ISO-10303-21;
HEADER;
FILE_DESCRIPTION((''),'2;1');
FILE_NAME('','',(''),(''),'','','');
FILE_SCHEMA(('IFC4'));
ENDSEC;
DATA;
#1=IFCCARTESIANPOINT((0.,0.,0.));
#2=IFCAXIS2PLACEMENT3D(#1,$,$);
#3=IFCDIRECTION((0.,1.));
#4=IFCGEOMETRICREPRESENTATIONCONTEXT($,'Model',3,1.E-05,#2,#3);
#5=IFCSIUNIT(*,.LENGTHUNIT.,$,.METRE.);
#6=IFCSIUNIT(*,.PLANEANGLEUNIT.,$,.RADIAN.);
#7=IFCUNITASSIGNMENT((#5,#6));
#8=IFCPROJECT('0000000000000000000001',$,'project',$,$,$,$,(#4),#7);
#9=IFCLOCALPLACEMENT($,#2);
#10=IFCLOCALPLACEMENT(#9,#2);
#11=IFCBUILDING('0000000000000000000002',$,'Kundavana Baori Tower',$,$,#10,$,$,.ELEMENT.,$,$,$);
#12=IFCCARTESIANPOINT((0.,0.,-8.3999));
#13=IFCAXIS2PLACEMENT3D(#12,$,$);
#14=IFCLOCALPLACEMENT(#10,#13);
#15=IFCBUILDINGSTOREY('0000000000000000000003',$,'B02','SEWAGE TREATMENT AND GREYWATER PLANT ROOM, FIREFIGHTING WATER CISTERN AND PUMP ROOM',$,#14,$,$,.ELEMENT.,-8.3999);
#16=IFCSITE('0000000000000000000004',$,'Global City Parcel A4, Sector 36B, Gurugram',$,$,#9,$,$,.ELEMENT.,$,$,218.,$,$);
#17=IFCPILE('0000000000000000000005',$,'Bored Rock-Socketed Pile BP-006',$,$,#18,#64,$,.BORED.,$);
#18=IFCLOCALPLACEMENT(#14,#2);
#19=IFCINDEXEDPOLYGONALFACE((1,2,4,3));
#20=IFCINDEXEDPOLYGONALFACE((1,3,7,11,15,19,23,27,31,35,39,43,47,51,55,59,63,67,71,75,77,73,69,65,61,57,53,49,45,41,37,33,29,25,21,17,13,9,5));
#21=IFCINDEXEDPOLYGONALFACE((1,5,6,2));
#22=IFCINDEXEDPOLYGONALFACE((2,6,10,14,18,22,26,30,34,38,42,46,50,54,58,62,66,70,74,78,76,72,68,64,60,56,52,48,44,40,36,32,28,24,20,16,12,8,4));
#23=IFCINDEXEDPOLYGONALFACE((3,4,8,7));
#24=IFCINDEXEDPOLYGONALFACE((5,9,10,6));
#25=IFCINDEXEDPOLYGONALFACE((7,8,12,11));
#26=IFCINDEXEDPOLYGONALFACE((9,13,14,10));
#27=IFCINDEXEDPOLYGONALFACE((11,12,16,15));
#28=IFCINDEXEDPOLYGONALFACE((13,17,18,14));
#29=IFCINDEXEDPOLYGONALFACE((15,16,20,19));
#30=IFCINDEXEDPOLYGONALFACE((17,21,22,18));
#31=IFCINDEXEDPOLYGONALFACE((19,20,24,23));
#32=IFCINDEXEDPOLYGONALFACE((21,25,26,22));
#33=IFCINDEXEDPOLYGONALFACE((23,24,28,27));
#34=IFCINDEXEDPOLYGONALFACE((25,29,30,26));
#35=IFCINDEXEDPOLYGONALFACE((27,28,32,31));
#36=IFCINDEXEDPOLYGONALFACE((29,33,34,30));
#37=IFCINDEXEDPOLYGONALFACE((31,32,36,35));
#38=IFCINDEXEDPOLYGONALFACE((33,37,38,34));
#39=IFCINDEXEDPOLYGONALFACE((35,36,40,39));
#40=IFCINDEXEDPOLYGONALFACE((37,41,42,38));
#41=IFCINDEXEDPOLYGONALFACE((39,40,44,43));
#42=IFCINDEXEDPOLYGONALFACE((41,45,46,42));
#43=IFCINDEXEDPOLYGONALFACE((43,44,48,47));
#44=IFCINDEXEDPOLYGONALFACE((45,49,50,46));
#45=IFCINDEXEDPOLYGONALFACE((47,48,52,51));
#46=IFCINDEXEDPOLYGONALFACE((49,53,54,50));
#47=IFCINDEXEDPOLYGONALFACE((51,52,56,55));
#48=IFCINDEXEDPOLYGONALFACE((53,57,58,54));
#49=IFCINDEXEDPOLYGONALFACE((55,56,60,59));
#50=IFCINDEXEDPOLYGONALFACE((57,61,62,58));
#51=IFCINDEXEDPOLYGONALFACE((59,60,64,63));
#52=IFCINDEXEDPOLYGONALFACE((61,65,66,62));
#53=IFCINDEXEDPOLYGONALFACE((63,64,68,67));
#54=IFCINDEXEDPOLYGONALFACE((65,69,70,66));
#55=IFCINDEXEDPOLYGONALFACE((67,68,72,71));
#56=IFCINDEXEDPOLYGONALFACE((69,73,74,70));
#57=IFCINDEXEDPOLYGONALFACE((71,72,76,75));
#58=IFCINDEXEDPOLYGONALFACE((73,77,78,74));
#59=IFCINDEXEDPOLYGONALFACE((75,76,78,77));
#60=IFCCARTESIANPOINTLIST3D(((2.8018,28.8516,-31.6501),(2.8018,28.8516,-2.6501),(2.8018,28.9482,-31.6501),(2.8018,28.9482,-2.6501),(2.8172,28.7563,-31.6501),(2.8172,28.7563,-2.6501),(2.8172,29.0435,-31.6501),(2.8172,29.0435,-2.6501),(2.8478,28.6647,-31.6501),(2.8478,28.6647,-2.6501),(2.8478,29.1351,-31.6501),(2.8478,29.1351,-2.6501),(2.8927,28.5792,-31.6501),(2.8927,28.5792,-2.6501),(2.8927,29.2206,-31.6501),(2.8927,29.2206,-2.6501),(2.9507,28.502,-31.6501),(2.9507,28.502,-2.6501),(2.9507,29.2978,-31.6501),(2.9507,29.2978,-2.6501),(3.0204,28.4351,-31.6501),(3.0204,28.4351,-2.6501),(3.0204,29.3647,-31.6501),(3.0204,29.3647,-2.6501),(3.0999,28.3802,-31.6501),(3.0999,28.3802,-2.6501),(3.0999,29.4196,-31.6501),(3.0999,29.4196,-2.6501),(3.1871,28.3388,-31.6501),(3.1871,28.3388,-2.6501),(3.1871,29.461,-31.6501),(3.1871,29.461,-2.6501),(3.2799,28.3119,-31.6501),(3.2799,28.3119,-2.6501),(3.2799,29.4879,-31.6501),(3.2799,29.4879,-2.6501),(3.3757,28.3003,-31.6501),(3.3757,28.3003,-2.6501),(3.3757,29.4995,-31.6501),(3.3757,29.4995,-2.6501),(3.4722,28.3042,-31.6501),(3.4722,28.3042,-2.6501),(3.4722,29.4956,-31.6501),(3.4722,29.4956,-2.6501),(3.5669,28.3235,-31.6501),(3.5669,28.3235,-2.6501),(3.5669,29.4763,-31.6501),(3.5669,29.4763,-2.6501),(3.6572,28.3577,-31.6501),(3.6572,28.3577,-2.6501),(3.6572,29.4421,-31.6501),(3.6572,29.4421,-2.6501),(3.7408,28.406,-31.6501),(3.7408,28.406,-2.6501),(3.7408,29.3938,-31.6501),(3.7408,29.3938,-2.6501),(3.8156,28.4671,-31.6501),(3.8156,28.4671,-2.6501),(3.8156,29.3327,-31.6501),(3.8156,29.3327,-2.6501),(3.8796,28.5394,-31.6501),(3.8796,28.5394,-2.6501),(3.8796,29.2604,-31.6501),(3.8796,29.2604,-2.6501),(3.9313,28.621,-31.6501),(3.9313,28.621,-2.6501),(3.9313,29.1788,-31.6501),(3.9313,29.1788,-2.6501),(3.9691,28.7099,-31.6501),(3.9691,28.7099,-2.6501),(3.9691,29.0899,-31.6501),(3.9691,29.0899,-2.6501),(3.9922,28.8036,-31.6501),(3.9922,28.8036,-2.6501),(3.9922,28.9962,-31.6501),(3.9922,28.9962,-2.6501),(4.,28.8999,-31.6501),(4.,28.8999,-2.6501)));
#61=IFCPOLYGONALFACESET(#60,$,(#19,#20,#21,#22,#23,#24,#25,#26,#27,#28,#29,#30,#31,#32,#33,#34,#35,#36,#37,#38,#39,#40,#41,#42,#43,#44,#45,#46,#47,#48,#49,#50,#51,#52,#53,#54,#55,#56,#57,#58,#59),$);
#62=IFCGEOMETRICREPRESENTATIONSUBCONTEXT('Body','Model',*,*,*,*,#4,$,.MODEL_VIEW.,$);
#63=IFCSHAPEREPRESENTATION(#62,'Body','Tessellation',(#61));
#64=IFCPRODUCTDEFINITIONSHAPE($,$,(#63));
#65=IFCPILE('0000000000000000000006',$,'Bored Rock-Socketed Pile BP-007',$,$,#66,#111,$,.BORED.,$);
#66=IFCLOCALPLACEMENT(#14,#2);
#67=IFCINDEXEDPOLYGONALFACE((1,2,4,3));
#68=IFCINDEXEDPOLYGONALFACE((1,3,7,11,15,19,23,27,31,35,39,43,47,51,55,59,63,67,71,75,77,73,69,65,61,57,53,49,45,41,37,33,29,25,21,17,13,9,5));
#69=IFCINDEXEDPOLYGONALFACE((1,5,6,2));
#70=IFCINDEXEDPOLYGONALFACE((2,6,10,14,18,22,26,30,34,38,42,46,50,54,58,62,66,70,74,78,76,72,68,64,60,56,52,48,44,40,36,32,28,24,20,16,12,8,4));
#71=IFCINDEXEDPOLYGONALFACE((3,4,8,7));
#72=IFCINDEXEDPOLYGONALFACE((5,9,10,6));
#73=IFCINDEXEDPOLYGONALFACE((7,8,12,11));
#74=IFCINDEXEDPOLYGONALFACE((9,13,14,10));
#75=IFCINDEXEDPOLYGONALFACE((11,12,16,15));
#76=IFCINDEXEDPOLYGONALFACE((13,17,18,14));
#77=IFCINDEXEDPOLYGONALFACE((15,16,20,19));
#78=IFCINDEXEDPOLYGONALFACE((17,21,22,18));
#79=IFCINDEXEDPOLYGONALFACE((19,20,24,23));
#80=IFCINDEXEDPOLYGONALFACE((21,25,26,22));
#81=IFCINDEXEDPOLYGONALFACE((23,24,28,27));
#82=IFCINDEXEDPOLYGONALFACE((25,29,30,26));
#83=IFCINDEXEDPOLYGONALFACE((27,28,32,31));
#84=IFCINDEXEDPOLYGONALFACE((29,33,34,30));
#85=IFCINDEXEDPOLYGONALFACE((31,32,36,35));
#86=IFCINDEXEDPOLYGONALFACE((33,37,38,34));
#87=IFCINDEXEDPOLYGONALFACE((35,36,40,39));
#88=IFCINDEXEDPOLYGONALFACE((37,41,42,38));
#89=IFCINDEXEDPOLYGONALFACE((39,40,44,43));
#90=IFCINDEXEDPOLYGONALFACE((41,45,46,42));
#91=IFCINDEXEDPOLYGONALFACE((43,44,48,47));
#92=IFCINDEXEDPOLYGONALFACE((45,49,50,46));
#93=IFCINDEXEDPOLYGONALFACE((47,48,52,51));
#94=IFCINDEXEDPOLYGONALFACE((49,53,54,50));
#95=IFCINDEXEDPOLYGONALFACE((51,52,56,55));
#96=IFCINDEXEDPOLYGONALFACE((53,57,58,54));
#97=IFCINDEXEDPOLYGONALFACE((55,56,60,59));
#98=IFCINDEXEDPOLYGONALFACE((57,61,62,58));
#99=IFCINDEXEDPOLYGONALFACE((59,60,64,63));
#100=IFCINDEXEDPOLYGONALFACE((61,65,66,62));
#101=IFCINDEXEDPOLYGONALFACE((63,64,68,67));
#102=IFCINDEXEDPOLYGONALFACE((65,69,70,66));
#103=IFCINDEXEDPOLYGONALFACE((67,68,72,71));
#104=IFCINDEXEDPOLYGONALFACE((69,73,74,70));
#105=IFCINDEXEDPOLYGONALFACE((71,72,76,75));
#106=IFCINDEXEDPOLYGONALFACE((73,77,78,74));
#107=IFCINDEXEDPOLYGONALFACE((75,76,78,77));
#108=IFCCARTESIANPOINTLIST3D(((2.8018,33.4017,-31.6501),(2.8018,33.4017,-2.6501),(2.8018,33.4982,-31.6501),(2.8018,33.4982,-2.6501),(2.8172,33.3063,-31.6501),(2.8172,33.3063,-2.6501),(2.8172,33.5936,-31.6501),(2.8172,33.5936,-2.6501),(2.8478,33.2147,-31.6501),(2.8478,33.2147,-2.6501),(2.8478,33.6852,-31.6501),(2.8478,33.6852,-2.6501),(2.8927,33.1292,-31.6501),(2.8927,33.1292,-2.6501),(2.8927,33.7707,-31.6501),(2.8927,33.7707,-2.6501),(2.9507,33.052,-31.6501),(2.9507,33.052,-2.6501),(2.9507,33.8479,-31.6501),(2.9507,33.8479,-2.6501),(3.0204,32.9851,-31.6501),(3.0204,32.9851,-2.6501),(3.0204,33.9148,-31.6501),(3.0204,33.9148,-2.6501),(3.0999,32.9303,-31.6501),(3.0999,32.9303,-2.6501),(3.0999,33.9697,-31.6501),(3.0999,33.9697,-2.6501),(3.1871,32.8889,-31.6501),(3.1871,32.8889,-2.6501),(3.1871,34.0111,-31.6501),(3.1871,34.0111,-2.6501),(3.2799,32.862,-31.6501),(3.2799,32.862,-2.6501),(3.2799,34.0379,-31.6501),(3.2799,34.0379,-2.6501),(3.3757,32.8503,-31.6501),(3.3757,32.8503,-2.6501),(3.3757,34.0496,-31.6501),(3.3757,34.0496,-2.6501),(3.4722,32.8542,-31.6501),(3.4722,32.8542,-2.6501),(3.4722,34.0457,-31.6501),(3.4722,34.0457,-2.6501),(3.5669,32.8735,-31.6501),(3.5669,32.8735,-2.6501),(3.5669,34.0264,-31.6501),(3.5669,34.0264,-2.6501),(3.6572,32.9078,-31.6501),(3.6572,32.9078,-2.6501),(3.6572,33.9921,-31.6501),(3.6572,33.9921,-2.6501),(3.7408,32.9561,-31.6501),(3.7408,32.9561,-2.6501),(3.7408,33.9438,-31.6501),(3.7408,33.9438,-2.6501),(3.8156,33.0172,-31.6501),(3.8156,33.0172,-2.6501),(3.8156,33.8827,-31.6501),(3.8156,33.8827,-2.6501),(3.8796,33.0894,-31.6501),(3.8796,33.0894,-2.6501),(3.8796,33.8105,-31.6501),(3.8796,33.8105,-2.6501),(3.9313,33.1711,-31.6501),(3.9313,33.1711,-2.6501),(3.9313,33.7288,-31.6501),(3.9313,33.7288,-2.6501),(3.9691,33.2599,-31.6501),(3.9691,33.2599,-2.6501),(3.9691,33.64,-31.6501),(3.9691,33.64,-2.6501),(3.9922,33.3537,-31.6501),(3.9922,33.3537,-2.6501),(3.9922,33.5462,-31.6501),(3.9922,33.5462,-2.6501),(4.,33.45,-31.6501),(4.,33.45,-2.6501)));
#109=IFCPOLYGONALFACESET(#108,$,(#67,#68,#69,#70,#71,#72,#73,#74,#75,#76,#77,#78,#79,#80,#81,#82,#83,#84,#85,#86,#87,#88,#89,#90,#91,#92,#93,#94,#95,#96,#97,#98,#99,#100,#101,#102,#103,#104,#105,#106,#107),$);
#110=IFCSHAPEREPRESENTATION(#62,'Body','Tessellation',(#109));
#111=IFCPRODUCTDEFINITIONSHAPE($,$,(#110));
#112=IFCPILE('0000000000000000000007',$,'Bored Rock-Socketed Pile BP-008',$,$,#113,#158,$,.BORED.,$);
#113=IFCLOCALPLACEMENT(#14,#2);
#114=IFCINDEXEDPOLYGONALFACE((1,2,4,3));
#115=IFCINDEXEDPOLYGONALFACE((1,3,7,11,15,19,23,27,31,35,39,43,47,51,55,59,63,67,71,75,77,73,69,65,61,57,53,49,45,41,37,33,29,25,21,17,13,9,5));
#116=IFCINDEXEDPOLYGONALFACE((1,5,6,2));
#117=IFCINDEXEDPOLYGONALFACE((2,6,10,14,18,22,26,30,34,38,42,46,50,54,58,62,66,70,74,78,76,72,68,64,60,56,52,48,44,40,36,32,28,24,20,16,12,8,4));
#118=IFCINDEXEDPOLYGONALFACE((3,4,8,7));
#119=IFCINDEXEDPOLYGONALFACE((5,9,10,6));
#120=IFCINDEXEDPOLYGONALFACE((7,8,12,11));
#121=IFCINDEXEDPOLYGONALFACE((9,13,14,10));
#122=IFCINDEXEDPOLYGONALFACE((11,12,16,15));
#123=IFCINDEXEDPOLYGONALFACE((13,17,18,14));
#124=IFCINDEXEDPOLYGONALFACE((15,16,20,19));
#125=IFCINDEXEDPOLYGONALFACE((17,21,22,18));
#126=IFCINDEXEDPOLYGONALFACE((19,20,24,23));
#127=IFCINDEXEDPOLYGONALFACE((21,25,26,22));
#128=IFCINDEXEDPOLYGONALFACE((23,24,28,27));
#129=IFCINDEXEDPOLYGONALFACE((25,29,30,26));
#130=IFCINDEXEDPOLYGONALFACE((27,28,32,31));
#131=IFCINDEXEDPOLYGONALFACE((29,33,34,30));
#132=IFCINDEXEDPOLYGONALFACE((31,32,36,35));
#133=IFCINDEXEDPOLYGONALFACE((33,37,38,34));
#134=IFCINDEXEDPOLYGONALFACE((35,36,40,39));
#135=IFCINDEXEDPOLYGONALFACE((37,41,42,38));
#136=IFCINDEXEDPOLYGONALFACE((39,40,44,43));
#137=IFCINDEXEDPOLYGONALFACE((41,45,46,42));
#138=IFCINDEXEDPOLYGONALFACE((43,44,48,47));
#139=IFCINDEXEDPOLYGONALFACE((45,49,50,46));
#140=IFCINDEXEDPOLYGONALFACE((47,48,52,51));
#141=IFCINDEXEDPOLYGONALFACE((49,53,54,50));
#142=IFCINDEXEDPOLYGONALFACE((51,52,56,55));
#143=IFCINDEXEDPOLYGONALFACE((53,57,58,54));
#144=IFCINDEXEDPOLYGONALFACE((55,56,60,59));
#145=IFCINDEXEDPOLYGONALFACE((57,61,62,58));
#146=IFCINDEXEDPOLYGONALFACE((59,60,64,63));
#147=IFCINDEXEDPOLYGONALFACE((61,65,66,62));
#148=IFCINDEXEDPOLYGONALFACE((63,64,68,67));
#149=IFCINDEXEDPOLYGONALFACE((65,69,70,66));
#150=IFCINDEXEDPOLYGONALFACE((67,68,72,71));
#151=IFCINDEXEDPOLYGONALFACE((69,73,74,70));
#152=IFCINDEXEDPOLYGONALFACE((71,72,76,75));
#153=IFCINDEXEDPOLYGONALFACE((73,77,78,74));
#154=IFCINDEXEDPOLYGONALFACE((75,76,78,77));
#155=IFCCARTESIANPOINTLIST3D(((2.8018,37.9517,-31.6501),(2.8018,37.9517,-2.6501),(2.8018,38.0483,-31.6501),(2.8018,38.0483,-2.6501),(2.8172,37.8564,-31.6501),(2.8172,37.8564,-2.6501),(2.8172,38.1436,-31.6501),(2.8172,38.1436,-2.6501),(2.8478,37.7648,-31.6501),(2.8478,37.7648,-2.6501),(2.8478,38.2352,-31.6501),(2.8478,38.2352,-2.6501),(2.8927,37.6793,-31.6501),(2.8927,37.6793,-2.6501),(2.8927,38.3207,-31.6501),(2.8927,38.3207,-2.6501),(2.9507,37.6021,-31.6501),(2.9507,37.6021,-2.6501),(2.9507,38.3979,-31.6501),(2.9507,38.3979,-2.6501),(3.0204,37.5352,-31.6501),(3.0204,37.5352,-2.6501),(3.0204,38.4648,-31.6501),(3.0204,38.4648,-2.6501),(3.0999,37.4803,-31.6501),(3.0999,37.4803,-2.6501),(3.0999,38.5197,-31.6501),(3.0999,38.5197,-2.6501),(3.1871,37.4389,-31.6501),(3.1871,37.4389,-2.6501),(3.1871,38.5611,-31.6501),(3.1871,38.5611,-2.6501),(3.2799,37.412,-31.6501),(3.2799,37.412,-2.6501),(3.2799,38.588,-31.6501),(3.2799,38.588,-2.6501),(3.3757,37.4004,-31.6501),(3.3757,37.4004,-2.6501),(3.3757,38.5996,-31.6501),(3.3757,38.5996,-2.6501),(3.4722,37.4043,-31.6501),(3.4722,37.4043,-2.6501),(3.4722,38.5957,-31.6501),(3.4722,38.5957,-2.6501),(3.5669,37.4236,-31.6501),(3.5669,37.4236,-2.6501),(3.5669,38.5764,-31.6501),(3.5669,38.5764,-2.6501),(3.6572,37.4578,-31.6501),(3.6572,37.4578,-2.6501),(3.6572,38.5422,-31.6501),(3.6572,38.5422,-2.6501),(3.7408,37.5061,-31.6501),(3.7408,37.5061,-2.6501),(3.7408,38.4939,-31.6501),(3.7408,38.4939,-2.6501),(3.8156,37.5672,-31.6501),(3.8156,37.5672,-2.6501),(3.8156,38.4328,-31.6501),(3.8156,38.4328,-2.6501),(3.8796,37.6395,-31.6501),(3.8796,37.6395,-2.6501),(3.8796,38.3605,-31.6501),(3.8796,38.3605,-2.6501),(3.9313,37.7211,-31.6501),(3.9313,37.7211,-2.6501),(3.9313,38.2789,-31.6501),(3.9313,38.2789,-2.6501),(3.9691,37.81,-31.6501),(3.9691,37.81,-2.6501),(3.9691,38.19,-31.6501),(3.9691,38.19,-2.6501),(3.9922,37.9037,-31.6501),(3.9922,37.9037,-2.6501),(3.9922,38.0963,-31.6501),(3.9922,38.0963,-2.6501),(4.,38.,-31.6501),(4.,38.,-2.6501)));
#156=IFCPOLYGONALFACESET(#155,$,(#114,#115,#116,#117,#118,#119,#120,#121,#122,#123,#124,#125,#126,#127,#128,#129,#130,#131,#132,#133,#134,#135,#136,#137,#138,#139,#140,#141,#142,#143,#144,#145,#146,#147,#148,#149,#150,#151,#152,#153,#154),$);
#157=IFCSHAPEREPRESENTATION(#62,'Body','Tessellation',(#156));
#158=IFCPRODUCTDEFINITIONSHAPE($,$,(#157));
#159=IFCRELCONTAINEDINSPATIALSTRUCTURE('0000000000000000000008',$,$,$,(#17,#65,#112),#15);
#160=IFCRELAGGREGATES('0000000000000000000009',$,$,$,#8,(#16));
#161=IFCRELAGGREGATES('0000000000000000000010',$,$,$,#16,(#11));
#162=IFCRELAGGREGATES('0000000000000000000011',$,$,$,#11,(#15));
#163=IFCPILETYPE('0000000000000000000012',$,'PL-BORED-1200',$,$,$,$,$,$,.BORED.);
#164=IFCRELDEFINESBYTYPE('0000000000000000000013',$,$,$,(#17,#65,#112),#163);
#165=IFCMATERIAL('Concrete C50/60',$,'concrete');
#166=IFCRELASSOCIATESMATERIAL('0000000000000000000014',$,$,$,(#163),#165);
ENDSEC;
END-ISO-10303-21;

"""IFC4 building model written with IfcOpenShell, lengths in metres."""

from ifc_helpers import new_model, si_unit, direction, frame, origin, origin_2d, place, context, subcontext, project, spatial, circle, extrude, material, material_profile, profile_set, type_object, element, save


model = new_model("IFC4")

# Units and contexts
model_context = context("Model", 3, precision=1e-05, world=origin(), true_north=direction((0.0, 1.0)))
body_context = subcontext(model_context, "Body", "Model", "MODEL_VIEW")
ifc_project = project(units=[si_unit("LENGTHUNIT", "METRE"), si_unit("PLANEANGLEUNIT", "RADIAN")], contexts=[model_context])

# Site, building, storey
site_placement = place(None, origin())
site = spatial("IfcSite", under=ifc_project, at=site_placement, Name="Global City Parcel A4, Sector 36B, Gurugram", CompositionType="ELEMENT", RefElevation=218.0)
building_placement = place(site_placement, origin())
building = spatial("IfcBuilding", under=site, at=building_placement, Name="Kundavana Baori Tower", CompositionType="ELEMENT")
storey_placement = place(building_placement, frame((0.0, 0.0, -8.3999)))
storey = spatial("IfcBuildingStorey", under=building, at=storey_placement, Name="B02", Description="SEWAGE TREATMENT AND GREYWATER PLANT ROOM, FIREFIGHTING WATER CISTERN AND PUMP ROOM", CompositionType="ELEMENT", Elevation=-8.3999)

# Piles
ifc_material_1 = material(Name="Concrete C50/60", Category="concrete")
ifc_material_profile_1 = material_profile(ifc_material_1, circle(Radius=0.6001, at=origin_2d()), Name="BORED PILE D1200")
ifc_profile_set_1 = profile_set([ifc_material_profile_1], Name="Concrete C50/60")
pile_type_1 = type_object("IfcPileType", Name="PL-BORED-1200", PredefinedType="BORED", material=ifc_profile_set_1)
for number, where, z_axis, x_axis, name in (
    (1, (3.3999, 28.8999, -2.6501), (0.0, 0.0, -1.0), (1.0, 0.0, 0.0), "Bored Rock-Socketed Pile BP-006"),
    (2, (3.3999, 33.45, -2.6501), (0.0, 0.0, -1.0), (1.0, 0.0, 0.0), "Bored Rock-Socketed Pile BP-007"),
    (3, (3.3999, 38.0, -2.6501), (0.0, 0.0, -1.0), (1.0, 0.0, 0.0), "Bored Rock-Socketed Pile BP-008"),
):
    element("IfcPile", number, at=place(storey_placement, frame(where, z_axis=z_axis, x_axis=x_axis)), inside=storey, type_object=pile_type_1, Name=name, PredefinedType="BORED", context=body_context, shape_type="SweptSolid", body=[
        extrude(circle(Radius=0.6001, at=origin_2d()), origin(), (0.0, 0.0, 1.0), 29.0),
    ])

save(model, "model.ifc")
